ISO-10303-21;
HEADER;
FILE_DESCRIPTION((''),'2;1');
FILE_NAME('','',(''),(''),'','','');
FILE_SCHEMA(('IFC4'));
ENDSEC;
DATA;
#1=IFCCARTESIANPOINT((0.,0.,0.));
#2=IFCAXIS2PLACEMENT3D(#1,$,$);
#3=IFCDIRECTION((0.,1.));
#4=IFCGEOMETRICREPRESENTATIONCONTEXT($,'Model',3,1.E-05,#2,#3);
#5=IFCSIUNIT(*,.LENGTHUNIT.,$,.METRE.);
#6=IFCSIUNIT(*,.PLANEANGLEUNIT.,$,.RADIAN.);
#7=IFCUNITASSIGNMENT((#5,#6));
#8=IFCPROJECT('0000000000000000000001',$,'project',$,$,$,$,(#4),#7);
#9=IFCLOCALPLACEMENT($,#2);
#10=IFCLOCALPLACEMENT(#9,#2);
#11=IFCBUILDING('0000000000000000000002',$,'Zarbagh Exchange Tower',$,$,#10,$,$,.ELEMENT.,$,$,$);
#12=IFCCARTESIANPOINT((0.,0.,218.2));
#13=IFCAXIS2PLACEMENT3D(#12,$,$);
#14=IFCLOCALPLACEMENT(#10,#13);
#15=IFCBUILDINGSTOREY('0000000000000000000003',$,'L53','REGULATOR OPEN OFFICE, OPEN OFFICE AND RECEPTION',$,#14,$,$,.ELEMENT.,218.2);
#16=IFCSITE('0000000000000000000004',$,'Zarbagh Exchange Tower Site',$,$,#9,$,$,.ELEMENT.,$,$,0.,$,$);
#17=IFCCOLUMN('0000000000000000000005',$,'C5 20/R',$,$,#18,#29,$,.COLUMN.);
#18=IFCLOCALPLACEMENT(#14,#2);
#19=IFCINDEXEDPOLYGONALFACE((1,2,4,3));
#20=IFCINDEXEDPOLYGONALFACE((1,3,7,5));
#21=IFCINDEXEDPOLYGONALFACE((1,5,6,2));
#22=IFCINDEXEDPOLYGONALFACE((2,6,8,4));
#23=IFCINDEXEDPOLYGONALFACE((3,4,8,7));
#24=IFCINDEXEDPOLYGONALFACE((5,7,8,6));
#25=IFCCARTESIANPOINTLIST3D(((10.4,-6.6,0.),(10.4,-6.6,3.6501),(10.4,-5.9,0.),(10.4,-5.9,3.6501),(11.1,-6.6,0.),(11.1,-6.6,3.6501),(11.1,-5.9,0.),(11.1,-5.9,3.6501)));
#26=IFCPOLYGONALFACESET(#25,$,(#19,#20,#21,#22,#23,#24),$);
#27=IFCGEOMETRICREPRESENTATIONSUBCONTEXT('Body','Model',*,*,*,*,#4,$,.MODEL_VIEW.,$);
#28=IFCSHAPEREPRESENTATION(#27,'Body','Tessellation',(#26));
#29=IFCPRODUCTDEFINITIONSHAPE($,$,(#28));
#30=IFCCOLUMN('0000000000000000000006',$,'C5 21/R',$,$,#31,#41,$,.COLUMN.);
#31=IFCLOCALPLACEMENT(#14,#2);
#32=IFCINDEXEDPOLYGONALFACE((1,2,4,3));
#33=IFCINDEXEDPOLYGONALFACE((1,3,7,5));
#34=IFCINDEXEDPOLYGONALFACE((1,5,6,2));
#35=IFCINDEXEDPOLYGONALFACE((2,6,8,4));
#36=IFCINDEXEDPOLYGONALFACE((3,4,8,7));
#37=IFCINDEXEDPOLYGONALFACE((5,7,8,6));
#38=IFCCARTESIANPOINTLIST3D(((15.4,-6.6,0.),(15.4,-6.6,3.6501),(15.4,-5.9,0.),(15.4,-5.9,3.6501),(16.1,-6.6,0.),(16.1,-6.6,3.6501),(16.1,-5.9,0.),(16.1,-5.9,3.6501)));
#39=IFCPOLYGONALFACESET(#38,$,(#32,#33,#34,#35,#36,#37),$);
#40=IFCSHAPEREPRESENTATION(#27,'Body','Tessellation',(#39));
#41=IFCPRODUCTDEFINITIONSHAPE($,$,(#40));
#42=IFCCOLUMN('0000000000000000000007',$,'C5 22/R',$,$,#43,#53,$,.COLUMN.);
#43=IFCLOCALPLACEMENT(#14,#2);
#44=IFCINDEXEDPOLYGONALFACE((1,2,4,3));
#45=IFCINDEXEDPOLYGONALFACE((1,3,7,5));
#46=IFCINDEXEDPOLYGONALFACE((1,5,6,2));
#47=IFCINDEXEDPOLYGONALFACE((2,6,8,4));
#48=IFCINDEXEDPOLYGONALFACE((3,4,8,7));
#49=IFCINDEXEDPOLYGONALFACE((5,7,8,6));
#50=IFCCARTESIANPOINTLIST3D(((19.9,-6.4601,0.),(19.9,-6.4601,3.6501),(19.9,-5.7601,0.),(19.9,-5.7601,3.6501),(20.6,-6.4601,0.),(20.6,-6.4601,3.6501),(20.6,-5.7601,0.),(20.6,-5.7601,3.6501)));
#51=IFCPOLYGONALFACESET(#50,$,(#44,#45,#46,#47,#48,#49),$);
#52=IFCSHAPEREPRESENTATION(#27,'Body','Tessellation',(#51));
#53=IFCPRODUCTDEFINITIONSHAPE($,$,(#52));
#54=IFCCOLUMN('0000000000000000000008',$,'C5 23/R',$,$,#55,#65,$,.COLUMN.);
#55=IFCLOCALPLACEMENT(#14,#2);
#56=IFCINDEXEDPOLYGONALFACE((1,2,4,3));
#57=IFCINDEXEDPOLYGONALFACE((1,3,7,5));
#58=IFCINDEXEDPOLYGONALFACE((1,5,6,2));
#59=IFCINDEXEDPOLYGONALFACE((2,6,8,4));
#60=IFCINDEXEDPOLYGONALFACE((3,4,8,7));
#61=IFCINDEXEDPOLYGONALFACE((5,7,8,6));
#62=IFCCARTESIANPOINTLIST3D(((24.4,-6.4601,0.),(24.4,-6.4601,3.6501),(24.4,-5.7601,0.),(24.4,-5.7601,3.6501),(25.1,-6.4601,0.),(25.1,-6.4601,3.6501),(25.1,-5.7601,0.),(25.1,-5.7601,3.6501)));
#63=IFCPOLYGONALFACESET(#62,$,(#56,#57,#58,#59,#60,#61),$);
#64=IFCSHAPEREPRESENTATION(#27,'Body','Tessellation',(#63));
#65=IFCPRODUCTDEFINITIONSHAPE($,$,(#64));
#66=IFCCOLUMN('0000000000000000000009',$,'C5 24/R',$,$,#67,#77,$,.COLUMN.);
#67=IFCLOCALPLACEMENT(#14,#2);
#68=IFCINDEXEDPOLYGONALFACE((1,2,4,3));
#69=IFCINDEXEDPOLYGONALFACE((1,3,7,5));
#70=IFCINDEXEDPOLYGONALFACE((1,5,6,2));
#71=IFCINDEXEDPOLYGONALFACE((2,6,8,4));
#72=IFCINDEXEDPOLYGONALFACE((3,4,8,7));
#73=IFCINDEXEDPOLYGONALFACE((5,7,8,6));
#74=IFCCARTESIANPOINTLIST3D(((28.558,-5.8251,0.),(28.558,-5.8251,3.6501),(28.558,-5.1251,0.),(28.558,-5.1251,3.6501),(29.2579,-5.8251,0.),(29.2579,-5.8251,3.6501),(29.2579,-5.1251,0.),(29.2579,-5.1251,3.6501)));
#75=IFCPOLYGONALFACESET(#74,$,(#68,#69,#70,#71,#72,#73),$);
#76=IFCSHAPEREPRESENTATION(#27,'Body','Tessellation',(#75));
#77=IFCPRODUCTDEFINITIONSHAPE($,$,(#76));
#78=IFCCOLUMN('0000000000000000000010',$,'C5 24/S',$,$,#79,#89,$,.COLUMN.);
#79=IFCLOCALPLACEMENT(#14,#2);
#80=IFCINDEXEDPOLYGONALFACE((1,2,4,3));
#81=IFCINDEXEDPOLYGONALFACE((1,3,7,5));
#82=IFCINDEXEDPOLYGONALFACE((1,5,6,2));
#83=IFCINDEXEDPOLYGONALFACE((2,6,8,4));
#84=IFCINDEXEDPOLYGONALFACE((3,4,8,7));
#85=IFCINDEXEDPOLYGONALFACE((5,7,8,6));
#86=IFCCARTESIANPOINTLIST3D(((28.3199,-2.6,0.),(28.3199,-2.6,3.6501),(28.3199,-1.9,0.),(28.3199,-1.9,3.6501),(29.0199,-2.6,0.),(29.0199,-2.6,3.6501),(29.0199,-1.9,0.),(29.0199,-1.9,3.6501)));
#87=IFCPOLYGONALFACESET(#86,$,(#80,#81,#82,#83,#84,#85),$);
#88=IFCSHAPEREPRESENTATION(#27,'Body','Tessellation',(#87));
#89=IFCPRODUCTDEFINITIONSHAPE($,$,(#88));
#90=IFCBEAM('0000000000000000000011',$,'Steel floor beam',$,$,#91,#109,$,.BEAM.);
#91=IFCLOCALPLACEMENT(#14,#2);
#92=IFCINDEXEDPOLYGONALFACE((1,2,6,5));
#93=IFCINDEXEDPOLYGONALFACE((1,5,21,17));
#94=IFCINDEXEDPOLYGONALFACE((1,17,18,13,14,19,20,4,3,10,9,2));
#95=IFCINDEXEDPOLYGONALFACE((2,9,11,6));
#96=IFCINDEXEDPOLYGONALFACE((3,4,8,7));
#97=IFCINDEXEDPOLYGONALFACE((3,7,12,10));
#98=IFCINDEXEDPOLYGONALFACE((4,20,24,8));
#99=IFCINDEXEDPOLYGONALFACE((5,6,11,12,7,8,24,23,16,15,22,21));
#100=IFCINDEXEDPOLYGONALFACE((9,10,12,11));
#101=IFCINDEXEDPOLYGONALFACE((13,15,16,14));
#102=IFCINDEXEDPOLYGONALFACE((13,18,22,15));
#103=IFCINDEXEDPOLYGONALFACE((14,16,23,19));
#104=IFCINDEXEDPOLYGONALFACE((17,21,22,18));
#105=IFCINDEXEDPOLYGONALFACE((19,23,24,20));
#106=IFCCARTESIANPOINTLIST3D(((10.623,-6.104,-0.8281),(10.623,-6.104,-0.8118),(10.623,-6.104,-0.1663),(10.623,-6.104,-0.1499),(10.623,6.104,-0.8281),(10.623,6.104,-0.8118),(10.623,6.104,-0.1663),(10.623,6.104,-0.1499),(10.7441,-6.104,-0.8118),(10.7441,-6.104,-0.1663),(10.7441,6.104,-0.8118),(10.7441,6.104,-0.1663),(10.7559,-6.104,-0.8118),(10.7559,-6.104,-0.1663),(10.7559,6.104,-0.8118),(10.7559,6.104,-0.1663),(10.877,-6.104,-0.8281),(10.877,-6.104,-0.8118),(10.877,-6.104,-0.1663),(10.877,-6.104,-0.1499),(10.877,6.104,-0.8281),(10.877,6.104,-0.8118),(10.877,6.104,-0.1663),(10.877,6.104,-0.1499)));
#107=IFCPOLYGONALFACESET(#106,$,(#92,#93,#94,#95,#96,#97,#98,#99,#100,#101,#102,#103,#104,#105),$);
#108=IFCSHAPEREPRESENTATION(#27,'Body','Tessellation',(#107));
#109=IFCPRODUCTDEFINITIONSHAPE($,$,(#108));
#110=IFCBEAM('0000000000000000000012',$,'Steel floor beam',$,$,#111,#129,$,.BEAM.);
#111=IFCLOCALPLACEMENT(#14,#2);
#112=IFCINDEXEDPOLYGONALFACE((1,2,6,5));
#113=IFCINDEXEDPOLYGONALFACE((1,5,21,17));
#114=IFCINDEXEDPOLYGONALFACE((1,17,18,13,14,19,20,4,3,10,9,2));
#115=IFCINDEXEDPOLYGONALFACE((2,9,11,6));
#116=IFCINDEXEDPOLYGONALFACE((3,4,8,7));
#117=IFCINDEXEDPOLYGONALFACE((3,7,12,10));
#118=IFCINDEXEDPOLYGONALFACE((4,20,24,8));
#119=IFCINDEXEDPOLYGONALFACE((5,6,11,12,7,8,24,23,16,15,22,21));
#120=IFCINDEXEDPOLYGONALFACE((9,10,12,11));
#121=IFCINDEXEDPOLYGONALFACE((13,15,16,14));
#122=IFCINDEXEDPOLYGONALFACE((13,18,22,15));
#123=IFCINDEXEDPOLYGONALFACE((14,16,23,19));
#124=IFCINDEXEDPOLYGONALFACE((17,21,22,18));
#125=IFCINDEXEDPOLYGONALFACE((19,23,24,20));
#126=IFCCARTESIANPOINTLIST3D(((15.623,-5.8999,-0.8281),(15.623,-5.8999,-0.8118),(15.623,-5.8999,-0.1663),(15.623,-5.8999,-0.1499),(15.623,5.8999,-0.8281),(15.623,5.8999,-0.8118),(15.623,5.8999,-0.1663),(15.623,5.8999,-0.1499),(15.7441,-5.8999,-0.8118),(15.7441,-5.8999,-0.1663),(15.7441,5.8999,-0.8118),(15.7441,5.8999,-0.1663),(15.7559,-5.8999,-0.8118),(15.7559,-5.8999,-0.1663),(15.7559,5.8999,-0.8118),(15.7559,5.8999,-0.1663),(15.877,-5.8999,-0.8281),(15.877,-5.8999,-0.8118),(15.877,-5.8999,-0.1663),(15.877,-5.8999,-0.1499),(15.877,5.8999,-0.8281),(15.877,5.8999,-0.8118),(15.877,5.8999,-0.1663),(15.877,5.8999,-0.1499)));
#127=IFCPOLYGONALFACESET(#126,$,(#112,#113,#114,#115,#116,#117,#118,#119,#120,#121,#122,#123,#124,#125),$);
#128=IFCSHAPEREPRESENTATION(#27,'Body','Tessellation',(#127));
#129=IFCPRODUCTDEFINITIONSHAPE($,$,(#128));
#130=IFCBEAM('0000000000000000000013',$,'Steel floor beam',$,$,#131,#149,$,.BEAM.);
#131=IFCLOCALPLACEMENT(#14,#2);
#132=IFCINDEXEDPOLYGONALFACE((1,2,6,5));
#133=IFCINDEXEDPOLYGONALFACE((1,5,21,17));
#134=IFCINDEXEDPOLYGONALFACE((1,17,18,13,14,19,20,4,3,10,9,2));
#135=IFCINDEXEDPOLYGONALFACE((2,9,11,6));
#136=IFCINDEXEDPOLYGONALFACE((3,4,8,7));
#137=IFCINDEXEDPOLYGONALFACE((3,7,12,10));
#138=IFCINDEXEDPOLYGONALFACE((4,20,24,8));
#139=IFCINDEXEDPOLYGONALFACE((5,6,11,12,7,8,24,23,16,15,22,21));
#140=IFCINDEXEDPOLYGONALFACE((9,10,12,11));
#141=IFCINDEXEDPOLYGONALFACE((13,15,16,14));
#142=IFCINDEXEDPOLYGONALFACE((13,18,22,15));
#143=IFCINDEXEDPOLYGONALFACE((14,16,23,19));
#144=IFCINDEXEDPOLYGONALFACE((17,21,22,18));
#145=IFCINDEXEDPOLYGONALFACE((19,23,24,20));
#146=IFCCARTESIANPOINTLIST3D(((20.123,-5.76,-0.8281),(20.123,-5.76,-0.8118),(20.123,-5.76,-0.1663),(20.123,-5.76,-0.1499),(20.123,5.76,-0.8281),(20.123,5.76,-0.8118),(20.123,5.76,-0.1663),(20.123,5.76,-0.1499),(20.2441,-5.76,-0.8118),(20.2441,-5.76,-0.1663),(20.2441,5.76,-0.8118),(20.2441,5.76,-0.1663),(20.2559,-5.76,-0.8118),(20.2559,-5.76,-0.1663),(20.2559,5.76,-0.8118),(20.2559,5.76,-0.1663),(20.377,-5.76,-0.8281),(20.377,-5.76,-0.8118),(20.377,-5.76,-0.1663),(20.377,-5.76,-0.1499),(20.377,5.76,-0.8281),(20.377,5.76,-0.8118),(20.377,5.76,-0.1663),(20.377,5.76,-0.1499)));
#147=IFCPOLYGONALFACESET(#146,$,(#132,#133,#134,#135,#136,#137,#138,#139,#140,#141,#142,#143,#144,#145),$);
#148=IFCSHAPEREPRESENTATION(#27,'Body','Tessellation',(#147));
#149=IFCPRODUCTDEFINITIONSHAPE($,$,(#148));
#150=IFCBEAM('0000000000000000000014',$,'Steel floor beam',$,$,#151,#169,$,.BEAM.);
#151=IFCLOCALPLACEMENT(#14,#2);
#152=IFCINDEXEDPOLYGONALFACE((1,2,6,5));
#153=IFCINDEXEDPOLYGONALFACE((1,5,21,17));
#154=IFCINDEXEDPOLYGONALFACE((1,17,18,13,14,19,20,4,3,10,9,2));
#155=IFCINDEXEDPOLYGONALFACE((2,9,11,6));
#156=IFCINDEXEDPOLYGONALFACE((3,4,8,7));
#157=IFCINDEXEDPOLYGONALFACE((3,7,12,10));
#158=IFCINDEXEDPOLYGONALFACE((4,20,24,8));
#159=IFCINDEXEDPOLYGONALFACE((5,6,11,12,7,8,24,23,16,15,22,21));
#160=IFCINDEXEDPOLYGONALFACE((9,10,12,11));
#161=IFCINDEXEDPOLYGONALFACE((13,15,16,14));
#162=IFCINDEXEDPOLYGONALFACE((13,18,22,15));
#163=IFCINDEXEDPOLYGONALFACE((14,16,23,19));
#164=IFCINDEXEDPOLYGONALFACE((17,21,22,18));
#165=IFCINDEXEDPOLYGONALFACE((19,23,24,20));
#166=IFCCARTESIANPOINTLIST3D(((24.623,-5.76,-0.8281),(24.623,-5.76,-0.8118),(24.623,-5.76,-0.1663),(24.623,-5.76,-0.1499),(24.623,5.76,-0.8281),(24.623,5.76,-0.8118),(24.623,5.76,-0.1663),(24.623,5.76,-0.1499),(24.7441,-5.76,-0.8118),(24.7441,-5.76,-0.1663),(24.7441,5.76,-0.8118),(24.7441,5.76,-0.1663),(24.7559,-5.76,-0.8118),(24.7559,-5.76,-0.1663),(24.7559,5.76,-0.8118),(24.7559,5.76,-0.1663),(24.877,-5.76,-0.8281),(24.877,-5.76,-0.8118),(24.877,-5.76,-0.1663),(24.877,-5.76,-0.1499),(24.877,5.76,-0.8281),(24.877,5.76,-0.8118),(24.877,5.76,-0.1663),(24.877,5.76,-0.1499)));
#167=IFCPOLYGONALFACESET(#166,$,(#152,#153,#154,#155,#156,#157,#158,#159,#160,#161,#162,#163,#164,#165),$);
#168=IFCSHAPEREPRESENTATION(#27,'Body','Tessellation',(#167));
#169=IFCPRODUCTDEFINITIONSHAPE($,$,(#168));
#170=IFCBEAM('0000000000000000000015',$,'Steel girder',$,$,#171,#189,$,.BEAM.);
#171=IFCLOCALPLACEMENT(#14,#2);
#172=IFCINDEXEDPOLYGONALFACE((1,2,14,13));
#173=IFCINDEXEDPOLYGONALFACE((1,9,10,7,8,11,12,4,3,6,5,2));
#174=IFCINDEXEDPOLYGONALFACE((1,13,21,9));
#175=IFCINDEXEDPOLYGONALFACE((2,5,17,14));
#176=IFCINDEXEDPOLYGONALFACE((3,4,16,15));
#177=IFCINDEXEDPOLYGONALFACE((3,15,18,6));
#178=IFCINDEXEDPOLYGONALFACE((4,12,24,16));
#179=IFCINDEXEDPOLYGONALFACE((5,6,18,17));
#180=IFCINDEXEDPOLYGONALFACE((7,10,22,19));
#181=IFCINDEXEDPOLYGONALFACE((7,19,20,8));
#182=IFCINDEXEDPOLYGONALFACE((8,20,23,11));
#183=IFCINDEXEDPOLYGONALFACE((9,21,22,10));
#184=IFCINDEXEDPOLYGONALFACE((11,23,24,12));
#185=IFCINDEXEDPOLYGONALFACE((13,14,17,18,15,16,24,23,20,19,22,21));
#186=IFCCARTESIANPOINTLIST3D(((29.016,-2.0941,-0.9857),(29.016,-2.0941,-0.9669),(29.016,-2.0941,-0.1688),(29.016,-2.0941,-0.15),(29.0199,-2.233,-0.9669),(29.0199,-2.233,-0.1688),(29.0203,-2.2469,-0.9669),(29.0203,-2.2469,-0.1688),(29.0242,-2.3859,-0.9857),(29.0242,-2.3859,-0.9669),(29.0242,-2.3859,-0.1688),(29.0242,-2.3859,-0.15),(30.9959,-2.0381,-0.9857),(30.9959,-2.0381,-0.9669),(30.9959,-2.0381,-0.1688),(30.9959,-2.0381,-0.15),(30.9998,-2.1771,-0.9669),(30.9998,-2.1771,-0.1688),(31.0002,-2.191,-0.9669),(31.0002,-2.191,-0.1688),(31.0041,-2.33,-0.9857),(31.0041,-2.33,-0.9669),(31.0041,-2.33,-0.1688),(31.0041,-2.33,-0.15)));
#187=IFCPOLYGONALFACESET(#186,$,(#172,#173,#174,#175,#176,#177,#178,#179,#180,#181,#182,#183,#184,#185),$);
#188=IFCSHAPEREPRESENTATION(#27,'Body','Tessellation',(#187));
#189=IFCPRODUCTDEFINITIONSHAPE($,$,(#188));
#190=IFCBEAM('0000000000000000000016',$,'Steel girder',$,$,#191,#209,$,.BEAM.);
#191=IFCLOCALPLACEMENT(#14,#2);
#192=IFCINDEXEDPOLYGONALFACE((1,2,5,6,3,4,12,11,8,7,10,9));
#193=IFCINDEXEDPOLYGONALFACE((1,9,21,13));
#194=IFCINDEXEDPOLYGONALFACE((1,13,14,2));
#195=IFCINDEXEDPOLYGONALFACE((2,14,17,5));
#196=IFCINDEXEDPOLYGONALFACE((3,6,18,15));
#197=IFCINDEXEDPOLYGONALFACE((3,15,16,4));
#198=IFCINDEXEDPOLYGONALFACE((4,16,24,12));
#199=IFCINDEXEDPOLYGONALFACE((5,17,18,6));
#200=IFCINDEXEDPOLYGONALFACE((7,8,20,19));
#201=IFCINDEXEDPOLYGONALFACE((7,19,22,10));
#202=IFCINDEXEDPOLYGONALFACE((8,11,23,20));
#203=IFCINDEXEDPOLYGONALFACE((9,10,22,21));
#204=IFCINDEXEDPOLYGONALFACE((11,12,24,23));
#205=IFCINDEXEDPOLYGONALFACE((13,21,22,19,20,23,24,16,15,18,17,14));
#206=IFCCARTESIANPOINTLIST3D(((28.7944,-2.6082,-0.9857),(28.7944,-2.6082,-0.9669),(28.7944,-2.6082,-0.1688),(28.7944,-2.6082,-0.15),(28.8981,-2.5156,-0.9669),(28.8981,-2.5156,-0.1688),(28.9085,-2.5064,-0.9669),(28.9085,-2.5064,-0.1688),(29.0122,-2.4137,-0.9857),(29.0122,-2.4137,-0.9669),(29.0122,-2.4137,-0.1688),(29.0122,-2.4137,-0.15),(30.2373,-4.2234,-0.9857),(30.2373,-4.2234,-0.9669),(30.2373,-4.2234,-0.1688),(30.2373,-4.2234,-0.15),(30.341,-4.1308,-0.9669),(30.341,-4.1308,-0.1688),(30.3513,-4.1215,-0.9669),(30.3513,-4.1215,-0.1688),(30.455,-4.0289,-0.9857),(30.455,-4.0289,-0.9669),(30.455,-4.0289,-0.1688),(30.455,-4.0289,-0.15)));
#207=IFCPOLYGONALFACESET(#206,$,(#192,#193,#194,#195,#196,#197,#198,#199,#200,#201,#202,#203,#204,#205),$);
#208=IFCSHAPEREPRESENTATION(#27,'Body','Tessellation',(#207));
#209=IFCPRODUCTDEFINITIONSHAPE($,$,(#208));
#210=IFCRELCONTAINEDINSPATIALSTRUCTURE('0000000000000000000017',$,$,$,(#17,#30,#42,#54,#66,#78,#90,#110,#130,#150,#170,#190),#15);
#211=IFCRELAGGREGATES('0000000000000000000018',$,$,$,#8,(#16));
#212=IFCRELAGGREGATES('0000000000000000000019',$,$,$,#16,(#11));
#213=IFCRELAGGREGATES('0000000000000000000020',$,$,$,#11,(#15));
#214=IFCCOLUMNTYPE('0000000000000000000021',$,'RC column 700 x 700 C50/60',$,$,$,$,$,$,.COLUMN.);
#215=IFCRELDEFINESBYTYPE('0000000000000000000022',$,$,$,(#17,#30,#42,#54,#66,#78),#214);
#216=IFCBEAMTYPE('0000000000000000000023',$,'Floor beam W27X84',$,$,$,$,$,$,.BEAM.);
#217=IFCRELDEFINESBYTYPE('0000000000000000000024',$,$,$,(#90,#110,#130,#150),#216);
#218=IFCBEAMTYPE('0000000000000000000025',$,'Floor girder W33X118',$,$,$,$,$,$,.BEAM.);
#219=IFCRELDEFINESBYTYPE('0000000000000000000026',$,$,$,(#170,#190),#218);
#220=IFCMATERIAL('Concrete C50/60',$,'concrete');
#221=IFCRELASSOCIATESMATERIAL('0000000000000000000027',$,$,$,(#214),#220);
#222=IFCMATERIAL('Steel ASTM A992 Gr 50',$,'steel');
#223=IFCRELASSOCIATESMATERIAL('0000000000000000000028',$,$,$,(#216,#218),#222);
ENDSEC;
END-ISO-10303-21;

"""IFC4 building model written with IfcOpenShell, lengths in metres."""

from ifc_helpers import new_model, si_unit, direction, frame, origin, origin_2d, place, context, subcontext, project, spatial, rectangle, i_section, extrude, material, material_profile, profile_set, type_object, element, save


model = new_model("IFC4")

# Units and contexts
model_context = context("Model", 3, precision=1e-05, world=origin(), true_north=direction((0.0, 1.0)))
body_context = subcontext(model_context, "Body", "Model", "MODEL_VIEW")
ifc_project = project(units=[si_unit("LENGTHUNIT", "METRE"), si_unit("PLANEANGLEUNIT", "RADIAN")], contexts=[model_context])

# Site, building, storey
site_placement = place(None, origin())
site = spatial("IfcSite", under=ifc_project, at=site_placement, Name="Zarbagh Exchange Tower Site", CompositionType="ELEMENT", RefElevation=0.0)
building_placement = place(site_placement, origin())
building = spatial("IfcBuilding", under=site, at=building_placement, Name="Zarbagh Exchange Tower", CompositionType="ELEMENT")
storey_placement = place(building_placement, frame((0.0, 0.0, 218.2)))
storey = spatial("IfcBuildingStorey", under=building, at=storey_placement, Name="L53", Description="REGULATOR OPEN OFFICE, OPEN OFFICE AND RECEPTION", CompositionType="ELEMENT", Elevation=218.2)

# Columns
ifc_material_1 = material(Name="Concrete C50/60", Category="concrete")
ifc_material_profile_1 = material_profile(ifc_material_1, rectangle(XDim=0.7, YDim=0.7, at=origin_2d()), Name="RC column 700 x 700 C50/60")
ifc_profile_set_1 = profile_set([ifc_material_profile_1], Name="Concrete C50/60")
column_type = type_object("IfcColumnType", Name="RC column 700 x 700 C50/60", PredefinedType="COLUMN", material=ifc_profile_set_1)
for number, where, z_axis, x_axis, name in (
    (1, (10.75, -6.25, 0.0), (0.0, 0.0, 1.0), (1.0, 0.0, 0.0), "C5 20/R"),
    (2, (15.75, -6.25, 0.0), (0.0, 0.0, 1.0), (1.0, 0.0, 0.0), "C5 21/R"),
    (3, (20.25, -6.1101, 0.0), (0.0, 0.0, 1.0), (1.0, 0.0, 0.0), "C5 22/R"),
    (4, (24.75, -6.1101, 0.0), (0.0, 0.0, 1.0), (1.0, 0.0, 0.0), "C5 23/R"),
    (5, (28.908, -5.4751, 0.0), (0.0, 0.0, 1.0), (1.0, 0.0, 0.0), "C5 24/R"),
    (6, (28.6699, -2.25, 0.0), (0.0, 0.0, 1.0), (1.0, 0.0, 0.0), "C5 24/S"),
):
    element("IfcColumn", number, at=place(storey_placement, frame(where, z_axis=z_axis, x_axis=x_axis)), inside=storey, type_object=column_type, Name=name, PredefinedType="COLUMN", context=body_context, shape_type="SweptSolid", body=[
        extrude(rectangle(XDim=0.7, YDim=0.7, at=origin_2d()), origin(), (0.0, 0.0, 1.0), 3.6501),
    ])

# Beams
ifc_material_2 = material(Name="Steel ASTM A992 Gr 50", Category="steel")
ifc_material_profile_2 = material_profile(ifc_material_2, i_section(OverallWidth=0.2539, OverallDepth=0.6782, WebThickness=0.0117, FlangeThickness=0.0164, at=origin_2d()), Name="W27X84")
ifc_profile_set_2 = profile_set([ifc_material_profile_2], Name="Steel ASTM A992 Gr 50")
beam_type_1 = type_object("IfcBeamType", Name="Floor beam W27X84", PredefinedType="BEAM", material=ifc_profile_set_2)
beam_1_placement = place(storey_placement, frame((10.75, -6.104, -0.489), z_axis=(0.0, 1.0, 0.0), x_axis=(-1.0, 0.0, 0.0)))
element("IfcBeam", 7, at=beam_1_placement, inside=storey, type_object=beam_type_1, Name="Steel floor beam", PredefinedType="BEAM", context=body_context, shape_type="SweptSolid", body=[
    extrude(i_section(OverallWidth=0.2539, OverallDepth=0.6782, WebThickness=0.0117, FlangeThickness=0.0164, at=origin_2d()), origin(), (0.0, 0.0, 1.0), 12.208),
])
beam_2_placement = place(storey_placement, frame((15.75, -5.8999, -0.489), z_axis=(0.0, 1.0, 0.0), x_axis=(-1.0, 0.0, 0.0)))
element("IfcBeam", 8, at=beam_2_placement, inside=storey, type_object=beam_type_1, Name="Steel floor beam", PredefinedType="BEAM", context=body_context, shape_type="SweptSolid", body=[
    extrude(i_section(OverallWidth=0.2539, OverallDepth=0.6782, WebThickness=0.0117, FlangeThickness=0.0164, at=origin_2d()), origin(), (0.0, 0.0, 1.0), 11.7998),
])
for number, where, z_axis, x_axis, name in (
    (9, (20.25, -5.76, -0.489), (0.0, 1.0, 0.0), (-1.0, 0.0, 0.0), "Steel floor beam"),
    (10, (24.75, -5.76, -0.489), (0.0, 1.0, 0.0), (-1.0, 0.0, 0.0), "Steel floor beam"),
):
    element("IfcBeam", number, at=place(storey_placement, frame(where, z_axis=z_axis, x_axis=x_axis)), inside=storey, type_object=beam_type_1, Name=name, PredefinedType="BEAM", context=body_context, shape_type="SweptSolid", body=[
        extrude(i_section(OverallWidth=0.2539, OverallDepth=0.6782, WebThickness=0.0117, FlangeThickness=0.0164, at=origin_2d()), origin(), (0.0, 0.0, 1.0), 11.52),
    ])
ifc_material_profile_3 = material_profile(ifc_material_2, i_section(OverallWidth=0.292, OverallDepth=0.8357, WebThickness=0.0139, FlangeThickness=0.0188, at=origin_2d()), Name="W33X118")
ifc_profile_set_3 = profile_set([ifc_material_profile_3], Name="Steel ASTM A992 Gr 50")
beam_type_2 = type_object("IfcBeamType", Name="Floor girder W33X118", PredefinedType="BEAM", material=ifc_profile_set_3)
beam_3_placement = place(storey_placement, frame((31.0, -2.1841, -0.5679), z_axis=(-0.999602, -0.028225, 0.0), x_axis=(0.028225, -0.999602, 0.0)))
element("IfcBeam", 11, at=beam_3_placement, inside=storey, type_object=beam_type_2, Name="Steel girder", PredefinedType="BEAM", context=body_context, shape_type="SweptSolid", body=[
    extrude(i_section(OverallWidth=0.292, OverallDepth=0.8357, WebThickness=0.0139, FlangeThickness=0.0188, at=origin_2d()), origin(), (0.0, 0.0, 1.0), 1.9807),
])
beam_4_placement = place(storey_placement, frame((28.9033, -2.511, -0.5679), z_axis=(0.666195, -0.745778, 0.0), x_axis=(0.745778, 0.666195, 0.0)))
element("IfcBeam", 12, at=beam_4_placement, inside=storey, type_object=beam_type_2, Name="Steel girder", PredefinedType="BEAM", context=body_context, shape_type="SweptSolid", body=[
    extrude(i_section(OverallWidth=0.292, OverallDepth=0.8357, WebThickness=0.0139, FlangeThickness=0.0188, at=origin_2d()), origin(), (0.0, 0.0, 1.0), 2.1658),
])

save(model, "model.ifc")
